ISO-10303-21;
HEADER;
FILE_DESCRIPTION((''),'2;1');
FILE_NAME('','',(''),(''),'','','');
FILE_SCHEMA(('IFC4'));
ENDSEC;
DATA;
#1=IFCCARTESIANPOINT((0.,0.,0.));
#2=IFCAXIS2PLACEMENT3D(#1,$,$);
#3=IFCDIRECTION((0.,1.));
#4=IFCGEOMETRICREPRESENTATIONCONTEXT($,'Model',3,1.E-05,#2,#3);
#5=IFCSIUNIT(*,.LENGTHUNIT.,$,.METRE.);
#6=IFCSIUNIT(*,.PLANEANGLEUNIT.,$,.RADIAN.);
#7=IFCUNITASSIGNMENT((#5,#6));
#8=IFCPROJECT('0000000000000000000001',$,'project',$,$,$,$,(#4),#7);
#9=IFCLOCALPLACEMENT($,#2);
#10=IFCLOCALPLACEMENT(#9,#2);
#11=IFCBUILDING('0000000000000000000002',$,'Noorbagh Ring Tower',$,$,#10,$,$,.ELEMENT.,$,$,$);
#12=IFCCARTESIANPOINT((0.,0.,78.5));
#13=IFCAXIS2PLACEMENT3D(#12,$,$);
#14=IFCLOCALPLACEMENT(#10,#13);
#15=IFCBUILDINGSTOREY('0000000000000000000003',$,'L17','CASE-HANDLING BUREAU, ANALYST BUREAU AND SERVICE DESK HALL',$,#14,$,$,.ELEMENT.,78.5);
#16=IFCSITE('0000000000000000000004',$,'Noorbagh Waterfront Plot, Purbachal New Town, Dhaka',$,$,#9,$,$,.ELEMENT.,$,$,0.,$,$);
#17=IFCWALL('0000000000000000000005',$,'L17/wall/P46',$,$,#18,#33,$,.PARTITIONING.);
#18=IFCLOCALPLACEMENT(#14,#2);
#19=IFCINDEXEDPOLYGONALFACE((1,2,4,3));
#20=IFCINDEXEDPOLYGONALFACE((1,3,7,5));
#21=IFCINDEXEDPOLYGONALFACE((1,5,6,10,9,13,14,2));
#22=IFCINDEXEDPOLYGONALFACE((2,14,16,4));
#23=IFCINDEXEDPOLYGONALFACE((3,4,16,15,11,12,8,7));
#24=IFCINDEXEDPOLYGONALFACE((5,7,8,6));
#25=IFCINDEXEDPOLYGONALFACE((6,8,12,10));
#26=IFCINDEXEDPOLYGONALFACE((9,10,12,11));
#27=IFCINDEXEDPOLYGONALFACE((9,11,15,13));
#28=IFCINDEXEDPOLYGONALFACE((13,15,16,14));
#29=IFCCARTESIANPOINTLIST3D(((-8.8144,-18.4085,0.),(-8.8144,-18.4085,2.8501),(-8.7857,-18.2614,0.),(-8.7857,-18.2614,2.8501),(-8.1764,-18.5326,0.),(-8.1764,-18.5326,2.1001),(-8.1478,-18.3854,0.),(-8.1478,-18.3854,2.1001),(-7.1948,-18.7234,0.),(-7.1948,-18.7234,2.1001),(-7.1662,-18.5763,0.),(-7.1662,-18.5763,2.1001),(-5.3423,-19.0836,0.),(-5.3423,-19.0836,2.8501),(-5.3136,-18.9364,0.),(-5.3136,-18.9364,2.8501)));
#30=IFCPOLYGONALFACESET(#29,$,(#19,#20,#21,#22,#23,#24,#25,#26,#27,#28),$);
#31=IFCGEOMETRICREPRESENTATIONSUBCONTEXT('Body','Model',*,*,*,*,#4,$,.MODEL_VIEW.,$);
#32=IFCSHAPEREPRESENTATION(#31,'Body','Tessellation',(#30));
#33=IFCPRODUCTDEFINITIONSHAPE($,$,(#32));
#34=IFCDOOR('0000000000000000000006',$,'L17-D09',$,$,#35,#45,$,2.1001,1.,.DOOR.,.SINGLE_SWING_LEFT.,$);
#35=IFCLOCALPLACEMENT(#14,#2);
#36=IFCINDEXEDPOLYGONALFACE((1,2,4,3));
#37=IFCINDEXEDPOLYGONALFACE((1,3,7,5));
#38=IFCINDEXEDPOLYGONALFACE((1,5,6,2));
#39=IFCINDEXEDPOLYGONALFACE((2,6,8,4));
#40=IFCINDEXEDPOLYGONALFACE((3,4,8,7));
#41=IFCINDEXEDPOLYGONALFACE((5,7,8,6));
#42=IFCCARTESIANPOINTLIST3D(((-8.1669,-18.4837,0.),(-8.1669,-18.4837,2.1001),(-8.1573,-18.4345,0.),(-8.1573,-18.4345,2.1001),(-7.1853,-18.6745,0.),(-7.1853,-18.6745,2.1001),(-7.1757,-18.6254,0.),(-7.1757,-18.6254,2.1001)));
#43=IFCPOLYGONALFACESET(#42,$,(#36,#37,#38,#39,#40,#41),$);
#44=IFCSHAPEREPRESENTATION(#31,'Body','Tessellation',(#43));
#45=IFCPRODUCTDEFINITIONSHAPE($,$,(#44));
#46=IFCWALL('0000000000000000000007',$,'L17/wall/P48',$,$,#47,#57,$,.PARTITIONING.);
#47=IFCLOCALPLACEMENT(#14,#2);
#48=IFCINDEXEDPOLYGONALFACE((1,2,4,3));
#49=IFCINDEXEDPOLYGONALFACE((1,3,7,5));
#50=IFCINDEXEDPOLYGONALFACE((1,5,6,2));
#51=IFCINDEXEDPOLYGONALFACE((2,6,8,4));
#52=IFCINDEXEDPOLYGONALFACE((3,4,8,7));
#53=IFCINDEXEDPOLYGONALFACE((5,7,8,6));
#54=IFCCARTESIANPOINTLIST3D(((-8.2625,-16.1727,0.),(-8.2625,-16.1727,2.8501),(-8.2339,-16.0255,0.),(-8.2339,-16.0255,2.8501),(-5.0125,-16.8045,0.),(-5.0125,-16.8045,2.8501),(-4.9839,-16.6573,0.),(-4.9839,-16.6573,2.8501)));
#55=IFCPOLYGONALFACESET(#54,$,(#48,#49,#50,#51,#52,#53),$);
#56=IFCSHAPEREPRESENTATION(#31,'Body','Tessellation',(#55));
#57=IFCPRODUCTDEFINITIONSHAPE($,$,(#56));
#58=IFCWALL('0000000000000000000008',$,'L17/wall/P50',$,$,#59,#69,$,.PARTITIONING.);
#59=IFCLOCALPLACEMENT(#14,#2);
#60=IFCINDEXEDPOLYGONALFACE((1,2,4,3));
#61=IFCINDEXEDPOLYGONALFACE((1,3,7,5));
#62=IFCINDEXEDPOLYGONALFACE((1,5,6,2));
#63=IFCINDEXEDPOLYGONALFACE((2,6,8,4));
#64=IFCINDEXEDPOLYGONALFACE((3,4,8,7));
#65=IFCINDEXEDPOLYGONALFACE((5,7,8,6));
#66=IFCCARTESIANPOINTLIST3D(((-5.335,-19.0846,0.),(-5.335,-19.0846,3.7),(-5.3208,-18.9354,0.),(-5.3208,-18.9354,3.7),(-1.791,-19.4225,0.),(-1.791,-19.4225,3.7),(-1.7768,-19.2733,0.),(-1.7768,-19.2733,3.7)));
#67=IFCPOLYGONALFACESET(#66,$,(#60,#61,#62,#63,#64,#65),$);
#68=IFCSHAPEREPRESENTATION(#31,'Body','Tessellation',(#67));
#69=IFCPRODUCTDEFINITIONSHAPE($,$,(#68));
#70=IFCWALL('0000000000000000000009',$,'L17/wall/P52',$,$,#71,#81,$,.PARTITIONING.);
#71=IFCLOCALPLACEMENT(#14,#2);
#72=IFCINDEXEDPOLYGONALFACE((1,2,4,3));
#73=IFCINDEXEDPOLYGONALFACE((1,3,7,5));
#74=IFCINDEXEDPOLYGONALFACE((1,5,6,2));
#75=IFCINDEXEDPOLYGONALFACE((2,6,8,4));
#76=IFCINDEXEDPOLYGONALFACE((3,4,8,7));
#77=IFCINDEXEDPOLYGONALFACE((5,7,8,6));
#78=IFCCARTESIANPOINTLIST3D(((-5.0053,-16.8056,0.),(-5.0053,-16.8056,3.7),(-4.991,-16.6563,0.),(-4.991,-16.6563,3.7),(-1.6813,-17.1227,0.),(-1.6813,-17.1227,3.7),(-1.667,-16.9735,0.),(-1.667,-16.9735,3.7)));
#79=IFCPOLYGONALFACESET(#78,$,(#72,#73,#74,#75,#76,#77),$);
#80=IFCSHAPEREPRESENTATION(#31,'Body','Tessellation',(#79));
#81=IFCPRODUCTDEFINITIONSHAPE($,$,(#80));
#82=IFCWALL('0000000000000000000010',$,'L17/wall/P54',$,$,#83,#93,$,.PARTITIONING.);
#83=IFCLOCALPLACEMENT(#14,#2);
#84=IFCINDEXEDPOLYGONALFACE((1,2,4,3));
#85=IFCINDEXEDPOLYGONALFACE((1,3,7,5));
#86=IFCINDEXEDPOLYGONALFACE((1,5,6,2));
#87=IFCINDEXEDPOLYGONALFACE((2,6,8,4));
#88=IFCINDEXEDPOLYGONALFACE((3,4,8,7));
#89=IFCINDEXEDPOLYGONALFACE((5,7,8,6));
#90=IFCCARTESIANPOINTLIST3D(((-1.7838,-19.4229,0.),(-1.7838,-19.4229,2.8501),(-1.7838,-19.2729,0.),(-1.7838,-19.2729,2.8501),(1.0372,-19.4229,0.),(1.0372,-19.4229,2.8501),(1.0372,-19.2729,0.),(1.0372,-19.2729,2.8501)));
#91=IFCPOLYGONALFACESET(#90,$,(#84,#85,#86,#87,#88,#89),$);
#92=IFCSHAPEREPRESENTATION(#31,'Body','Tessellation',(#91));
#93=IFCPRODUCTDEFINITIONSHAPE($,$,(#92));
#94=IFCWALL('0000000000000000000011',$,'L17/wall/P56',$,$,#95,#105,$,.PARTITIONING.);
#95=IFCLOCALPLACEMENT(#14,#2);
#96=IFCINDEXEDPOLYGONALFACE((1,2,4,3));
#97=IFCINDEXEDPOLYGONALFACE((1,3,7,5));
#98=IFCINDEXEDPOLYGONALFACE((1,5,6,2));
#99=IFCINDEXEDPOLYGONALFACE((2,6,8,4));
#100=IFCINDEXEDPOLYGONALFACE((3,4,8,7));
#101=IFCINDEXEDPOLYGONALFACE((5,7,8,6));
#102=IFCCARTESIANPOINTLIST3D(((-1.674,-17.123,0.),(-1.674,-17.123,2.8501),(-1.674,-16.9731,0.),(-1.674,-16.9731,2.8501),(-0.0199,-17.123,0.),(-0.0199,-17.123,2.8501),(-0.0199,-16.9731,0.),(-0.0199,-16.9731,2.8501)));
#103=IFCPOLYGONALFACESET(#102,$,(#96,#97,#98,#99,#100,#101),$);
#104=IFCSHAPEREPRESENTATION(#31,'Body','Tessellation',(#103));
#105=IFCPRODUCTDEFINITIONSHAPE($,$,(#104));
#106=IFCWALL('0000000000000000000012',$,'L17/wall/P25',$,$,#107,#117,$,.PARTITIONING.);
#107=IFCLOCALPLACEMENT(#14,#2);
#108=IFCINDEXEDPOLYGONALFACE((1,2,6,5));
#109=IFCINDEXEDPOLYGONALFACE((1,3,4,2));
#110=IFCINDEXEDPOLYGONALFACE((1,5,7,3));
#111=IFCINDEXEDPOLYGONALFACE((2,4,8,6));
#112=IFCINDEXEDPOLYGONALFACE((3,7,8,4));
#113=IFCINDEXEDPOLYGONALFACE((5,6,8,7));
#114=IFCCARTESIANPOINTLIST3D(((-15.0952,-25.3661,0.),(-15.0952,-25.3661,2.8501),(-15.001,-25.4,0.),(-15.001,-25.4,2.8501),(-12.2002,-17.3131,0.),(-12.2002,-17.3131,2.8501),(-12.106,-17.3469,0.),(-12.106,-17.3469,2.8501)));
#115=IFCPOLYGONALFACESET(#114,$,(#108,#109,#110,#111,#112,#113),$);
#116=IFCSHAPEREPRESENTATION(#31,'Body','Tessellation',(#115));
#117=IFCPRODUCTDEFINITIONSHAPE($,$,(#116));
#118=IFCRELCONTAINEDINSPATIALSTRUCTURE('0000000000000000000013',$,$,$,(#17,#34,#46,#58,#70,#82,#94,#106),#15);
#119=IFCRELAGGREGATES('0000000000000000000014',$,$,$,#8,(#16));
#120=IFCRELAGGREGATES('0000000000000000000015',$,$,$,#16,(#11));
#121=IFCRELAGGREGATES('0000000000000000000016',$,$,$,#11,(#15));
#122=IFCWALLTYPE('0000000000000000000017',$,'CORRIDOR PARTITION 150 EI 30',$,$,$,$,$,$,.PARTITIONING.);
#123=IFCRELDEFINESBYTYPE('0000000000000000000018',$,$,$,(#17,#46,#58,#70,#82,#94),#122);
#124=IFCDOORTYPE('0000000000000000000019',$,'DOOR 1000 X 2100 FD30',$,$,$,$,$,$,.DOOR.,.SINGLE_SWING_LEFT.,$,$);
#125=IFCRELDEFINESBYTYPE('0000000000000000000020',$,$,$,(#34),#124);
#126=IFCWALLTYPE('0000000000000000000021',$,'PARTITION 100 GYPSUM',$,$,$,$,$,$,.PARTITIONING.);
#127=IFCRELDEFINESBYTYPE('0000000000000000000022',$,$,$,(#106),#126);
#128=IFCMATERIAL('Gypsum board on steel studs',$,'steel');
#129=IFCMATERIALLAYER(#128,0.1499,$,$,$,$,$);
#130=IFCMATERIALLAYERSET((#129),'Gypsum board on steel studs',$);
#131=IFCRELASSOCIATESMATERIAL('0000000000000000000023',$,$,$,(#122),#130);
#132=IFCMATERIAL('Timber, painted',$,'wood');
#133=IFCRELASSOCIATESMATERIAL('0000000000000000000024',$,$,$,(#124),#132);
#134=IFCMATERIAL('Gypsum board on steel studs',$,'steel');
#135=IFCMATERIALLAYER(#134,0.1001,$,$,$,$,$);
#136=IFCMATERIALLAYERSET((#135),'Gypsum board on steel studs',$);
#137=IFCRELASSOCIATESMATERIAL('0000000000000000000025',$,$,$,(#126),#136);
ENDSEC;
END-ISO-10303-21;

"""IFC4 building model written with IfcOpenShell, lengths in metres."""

from ifc_helpers import new_model, si_unit, direction, frame, frame_2d, origin, place, context, subcontext, project, spatial, rectangle, extrude, material, layer, layer_set, type_object, element, fill, save


model = new_model("IFC4")

# Units and contexts
model_context = context("Model", 3, precision=1e-05, world=origin(), true_north=direction((0.0, 1.0)))
body_context = subcontext(model_context, "Body", "Model", "MODEL_VIEW")
ifc_project = project(units=[si_unit("LENGTHUNIT", "METRE"), si_unit("PLANEANGLEUNIT", "RADIAN")], contexts=[model_context])

# Site, building, storey
site_placement = place(None, origin())
site = spatial("IfcSite", under=ifc_project, at=site_placement, Name="Noorbagh Waterfront Plot, Purbachal New Town, Dhaka", CompositionType="ELEMENT", RefElevation=0.0)
building_placement = place(site_placement, origin())
building = spatial("IfcBuilding", under=site, at=building_placement, Name="Noorbagh Ring Tower", CompositionType="ELEMENT")
storey_placement = place(building_placement, frame((0.0, 0.0, 78.5)))
storey = spatial("IfcBuildingStorey", under=building, at=storey_placement, Name="L17", Description="CASE-HANDLING BUREAU, ANALYST BUREAU AND SERVICE DESK HALL", CompositionType="ELEMENT", Elevation=78.5)

# Shared definitions
ifc_material_1 = material(Name="Gypsum board on steel studs", Category="steel")
ifc_layer_1 = layer(ifc_material_1, 0.1499)
ifc_layer_set_1 = layer_set([ifc_layer_1], Name="Gypsum board on steel studs")
wall_type_1 = type_object("IfcWallType", Name="CORRIDOR PARTITION 150 EI 30", PredefinedType="PARTITIONING", material=ifc_layer_set_1)

# Wall, opening, door
wall_1_placement = place(storey_placement, frame((-8.8, -18.335, 0.0), z_axis=(0.0, 0.0, 1.0), x_axis=(0.98162, -0.190844, 0.0)))
wall_1 = element("IfcWall", 1, at=wall_1_placement, inside=storey, type_object=wall_type_1, Name="L17/wall/P46", PredefinedType="PARTITIONING", context=body_context, shape_type="SweptSolid", body=[
    extrude(rectangle(XDim=3.5371, YDim=0.1499, at=frame_2d((1.7686, 0.0))), origin(), (0.0, 0.0, 1.0), 2.8501),
])
opening_placement = place(wall_1_placement, frame((0.6499, 0.0, 0.0)))
opening = element("IfcOpeningElement", 2, at=opening_placement, cuts=wall_1, PredefinedType="OPENING", context=body_context, shape_type="SweptSolid", body=[
    extrude(rectangle(XDim=1.0, YDim=2.1001, at=frame_2d((0.5, 1.05))), frame((0.0, 0.085, 0.0), z_axis=(0.0, -1.0, 0.0), x_axis=(1.0, 0.0, 0.0)), (0.0, 0.0, 1.0), 0.1699),
])
ifc_material_2 = material(Name="Timber, painted", Category="wood")
door_type = type_object("IfcDoorType", Name="DOOR 1000 X 2100 FD30", OperationType="SINGLE_SWING_LEFT", PredefinedType="DOOR", material=ifc_material_2)
door_placement = place(opening_placement, origin())
door = element("IfcDoor", 3, at=door_placement, inside=storey, type_object=door_type, Name="L17-D09", OperationType="SINGLE_SWING_LEFT", OverallHeight=2.1001, OverallWidth=1.0, PredefinedType="DOOR", context=body_context, shape_type="SweptSolid", body=[
    extrude(rectangle(XDim=1.0, YDim=2.1001, at=frame_2d((0.5, 1.05))), frame((0.0, 0.0249, 0.0), z_axis=(0.0, -1.0, 0.0), x_axis=(1.0, 0.0, 0.0)), (0.0, 0.0, 1.0), 0.05),
])
fill(opening, door)

# Walls
wall_2_placement = place(storey_placement, frame((-8.248, -16.0991, 0.0), z_axis=(0.0, 0.0, 1.0), x_axis=(0.981622, -0.190838, 0.0)))
element("IfcWall", 4, at=wall_2_placement, inside=storey, type_object=wall_type_1, Name="L17/wall/P48", PredefinedType="PARTITIONING", context=body_context, shape_type="SweptSolid", body=[
    extrude(rectangle(XDim=3.3108, YDim=0.1499, at=frame_2d((1.6553, 0.0))), origin(), (0.0, 0.0, 1.0), 2.8501),
])
wall_3_placement = place(storey_placement, frame((-5.3279, -19.01, 0.0), z_axis=(0.0, 0.0, 1.0), x_axis=(0.995486, -0.094913, 0.0)))
element("IfcWall", 5, at=wall_3_placement, inside=storey, type_object=wall_type_1, Name="L17/wall/P50", PredefinedType="PARTITIONING", context=body_context, shape_type="SweptSolid", body=[
    extrude(rectangle(XDim=3.5601, YDim=0.1499, at=frame_2d((1.78, 0.0))), origin(), (0.0, 0.0, 1.0), 3.7),
])
wall_4_placement = place(storey_placement, frame((-4.998, -16.731, 0.0), z_axis=(0.0, 0.0, 1.0), x_axis=(0.995479, -0.094978, 0.0)))
element("IfcWall", 6, at=wall_4_placement, inside=storey, type_object=wall_type_1, Name="L17/wall/P52", PredefinedType="PARTITIONING", context=body_context, shape_type="SweptSolid", body=[
    extrude(rectangle(XDim=3.3391, YDim=0.1499, at=frame_2d((1.6694, 0.0))), origin(), (0.0, 0.0, 1.0), 3.7),
])
wall_5_placement = place(storey_placement, frame((-1.7839, -19.3479, 0.0), z_axis=(0.0, 0.0, 1.0), x_axis=(1.0, 0.0, 0.0)))
element("IfcWall", 7, at=wall_5_placement, inside=storey, type_object=wall_type_1, Name="L17/wall/P54", PredefinedType="PARTITIONING", context=body_context, shape_type="SweptSolid", body=[
    extrude(rectangle(XDim=2.821, YDim=0.1499, at=frame_2d((1.4106, 0.0))), origin(), (0.0, 0.0, 1.0), 2.8501),
])
wall_6_placement = place(storey_placement, frame((-1.6741, -17.0481, 0.0), z_axis=(0.0, 0.0, 1.0), x_axis=(1.0, 0.0, 0.0)))
element("IfcWall", 8, at=wall_6_placement, inside=storey, type_object=wall_type_1, Name="L17/wall/P56", PredefinedType="PARTITIONING", context=body_context, shape_type="SweptSolid", body=[
    extrude(rectangle(XDim=1.6541, YDim=0.1499, at=frame_2d((0.8271, 0.0))), origin(), (0.0, 0.0, 1.0), 2.8501),
])
ifc_material_3 = material(Name="Gypsum board on steel studs", Category="steel")
ifc_layer_2 = layer(ifc_material_3, 0.1001)
ifc_layer_set_2 = layer_set([ifc_layer_2], Name="Gypsum board on steel studs")
wall_type_2 = type_object("IfcWallType", Name="PARTITION 100 GYPSUM", PredefinedType="PARTITIONING", material=ifc_layer_set_2)
wall_7_placement = place(storey_placement, frame((-15.0481, -25.3831, 0.0), z_axis=(0.0, 0.0, 1.0), x_axis=(0.3383, 0.941038, 0.0)))
element("IfcWall", 9, at=wall_7_placement, inside=storey, type_object=wall_type_2, Name="L17/wall/P25", PredefinedType="PARTITIONING", context=body_context, shape_type="SweptSolid", body=[
    extrude(rectangle(XDim=8.5576, YDim=0.1001, at=frame_2d((4.2788, 0.0))), origin(), (0.0, 0.0, 1.0), 2.8501),
])

save(model, "model.ifc")
